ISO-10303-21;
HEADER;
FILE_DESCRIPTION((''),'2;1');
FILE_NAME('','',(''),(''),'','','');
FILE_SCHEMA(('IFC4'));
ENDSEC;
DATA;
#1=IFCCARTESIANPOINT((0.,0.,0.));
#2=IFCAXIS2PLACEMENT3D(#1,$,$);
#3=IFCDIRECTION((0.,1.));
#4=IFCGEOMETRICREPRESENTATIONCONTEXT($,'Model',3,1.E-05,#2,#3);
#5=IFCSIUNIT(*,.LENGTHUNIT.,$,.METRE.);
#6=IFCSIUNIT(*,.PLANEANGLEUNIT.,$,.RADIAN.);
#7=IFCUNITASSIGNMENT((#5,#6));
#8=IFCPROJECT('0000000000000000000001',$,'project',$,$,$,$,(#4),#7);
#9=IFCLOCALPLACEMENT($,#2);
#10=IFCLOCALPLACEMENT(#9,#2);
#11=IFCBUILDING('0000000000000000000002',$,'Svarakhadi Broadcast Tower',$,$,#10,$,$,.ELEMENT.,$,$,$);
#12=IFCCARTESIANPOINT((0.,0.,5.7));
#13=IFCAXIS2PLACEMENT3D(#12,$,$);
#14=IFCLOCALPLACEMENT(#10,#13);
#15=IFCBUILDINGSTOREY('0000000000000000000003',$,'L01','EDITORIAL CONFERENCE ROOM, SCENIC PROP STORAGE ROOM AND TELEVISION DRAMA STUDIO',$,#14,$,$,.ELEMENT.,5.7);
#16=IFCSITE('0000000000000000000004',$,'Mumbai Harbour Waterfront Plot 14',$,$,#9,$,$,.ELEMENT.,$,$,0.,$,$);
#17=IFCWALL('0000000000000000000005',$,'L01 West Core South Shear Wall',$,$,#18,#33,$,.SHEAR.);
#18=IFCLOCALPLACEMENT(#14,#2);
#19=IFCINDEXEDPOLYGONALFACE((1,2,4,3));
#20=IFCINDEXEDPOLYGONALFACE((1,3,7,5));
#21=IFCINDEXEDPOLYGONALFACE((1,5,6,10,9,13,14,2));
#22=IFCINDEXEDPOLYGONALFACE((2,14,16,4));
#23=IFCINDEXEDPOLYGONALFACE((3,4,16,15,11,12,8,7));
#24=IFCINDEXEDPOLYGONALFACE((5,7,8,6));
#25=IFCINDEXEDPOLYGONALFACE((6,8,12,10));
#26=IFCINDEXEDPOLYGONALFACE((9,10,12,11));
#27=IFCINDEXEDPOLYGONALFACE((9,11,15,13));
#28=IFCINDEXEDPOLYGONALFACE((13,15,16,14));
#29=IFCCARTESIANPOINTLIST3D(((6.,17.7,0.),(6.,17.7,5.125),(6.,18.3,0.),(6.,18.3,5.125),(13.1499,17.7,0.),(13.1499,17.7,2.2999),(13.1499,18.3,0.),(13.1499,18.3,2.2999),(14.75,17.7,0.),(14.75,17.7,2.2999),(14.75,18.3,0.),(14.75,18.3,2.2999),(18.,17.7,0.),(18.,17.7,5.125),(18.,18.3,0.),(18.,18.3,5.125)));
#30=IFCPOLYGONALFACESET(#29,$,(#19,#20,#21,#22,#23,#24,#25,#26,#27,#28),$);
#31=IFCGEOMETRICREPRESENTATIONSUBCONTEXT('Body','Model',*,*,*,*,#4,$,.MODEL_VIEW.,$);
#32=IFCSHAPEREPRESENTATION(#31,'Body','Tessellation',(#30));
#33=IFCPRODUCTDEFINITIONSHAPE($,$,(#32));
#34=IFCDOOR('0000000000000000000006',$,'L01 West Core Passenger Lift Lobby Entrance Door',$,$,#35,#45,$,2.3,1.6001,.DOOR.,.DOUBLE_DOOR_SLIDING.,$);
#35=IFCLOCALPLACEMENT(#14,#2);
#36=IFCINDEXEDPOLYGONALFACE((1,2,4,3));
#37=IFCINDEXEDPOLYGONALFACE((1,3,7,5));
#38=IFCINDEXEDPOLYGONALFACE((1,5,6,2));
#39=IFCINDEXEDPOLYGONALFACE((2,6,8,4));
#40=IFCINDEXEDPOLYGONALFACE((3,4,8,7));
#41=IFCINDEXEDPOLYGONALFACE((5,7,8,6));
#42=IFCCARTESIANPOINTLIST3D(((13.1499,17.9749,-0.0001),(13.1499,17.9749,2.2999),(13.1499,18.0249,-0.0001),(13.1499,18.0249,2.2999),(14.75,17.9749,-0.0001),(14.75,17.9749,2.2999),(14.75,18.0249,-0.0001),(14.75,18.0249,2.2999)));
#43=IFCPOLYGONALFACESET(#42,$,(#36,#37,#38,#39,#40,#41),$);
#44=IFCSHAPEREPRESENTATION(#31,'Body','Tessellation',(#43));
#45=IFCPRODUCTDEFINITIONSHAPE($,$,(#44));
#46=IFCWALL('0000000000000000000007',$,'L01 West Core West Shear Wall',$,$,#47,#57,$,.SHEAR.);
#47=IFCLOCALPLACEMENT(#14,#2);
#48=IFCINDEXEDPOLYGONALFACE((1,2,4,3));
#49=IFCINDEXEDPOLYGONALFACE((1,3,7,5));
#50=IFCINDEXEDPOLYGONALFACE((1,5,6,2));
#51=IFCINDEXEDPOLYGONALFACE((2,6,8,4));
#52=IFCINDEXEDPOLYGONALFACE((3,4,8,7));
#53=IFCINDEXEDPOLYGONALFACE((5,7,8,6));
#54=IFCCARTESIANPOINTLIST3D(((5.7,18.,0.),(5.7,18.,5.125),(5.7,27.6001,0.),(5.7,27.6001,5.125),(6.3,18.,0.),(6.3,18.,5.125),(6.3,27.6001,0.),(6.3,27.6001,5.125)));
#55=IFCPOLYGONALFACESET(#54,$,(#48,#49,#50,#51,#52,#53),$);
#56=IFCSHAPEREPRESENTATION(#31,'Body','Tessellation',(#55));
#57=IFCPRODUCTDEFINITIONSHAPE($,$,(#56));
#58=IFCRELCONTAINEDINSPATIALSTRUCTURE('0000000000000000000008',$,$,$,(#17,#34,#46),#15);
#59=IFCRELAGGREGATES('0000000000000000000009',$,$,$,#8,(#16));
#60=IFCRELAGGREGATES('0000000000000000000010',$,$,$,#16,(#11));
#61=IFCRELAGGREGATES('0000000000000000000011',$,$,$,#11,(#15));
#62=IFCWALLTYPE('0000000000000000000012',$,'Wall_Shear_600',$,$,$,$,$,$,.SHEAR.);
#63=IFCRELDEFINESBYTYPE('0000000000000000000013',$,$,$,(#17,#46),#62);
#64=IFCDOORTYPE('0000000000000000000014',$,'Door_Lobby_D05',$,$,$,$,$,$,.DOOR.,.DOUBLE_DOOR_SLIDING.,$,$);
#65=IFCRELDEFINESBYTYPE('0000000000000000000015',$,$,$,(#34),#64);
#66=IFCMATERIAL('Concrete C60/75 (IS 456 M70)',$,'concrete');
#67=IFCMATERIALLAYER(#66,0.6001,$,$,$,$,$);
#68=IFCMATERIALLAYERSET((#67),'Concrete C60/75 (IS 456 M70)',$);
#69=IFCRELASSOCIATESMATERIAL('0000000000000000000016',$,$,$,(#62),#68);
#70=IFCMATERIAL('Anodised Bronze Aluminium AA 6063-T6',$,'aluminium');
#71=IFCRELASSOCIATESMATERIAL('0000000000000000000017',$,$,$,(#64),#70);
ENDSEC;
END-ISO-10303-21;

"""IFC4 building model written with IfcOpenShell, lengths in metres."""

from ifc_helpers import new_model, si_unit, direction, frame, frame_2d, origin, place, context, subcontext, project, spatial, rectangle, extrude, material, layer, layer_set, type_object, element, fill, save


model = new_model("IFC4")

# Units and contexts
model_context = context("Model", 3, precision=1e-05, world=origin(), true_north=direction((0.0, 1.0)))
body_context = subcontext(model_context, "Body", "Model", "MODEL_VIEW")
ifc_project = project(units=[si_unit("LENGTHUNIT", "METRE"), si_unit("PLANEANGLEUNIT", "RADIAN")], contexts=[model_context])

# Site, building, storey
site_placement = place(None, origin())
site = spatial("IfcSite", under=ifc_project, at=site_placement, Name="Mumbai Harbour Waterfront Plot 14", CompositionType="ELEMENT", RefElevation=0.0)
building_placement = place(site_placement, origin())
building = spatial("IfcBuilding", under=site, at=building_placement, Name="Svarakhadi Broadcast Tower", CompositionType="ELEMENT")
storey_placement = place(building_placement, frame((0.0, 0.0, 5.7)))
storey = spatial("IfcBuildingStorey", under=building, at=storey_placement, Name="L01", Description="EDITORIAL CONFERENCE ROOM, SCENIC PROP STORAGE ROOM AND TELEVISION DRAMA STUDIO", CompositionType="ELEMENT", Elevation=5.7)

# Shared definitions
ifc_material_1 = material(Name="Concrete C60/75 (IS 456 M70)", Category="concrete")

# Shared definitions
ifc_material_2 = material(Name="Anodised Bronze Aluminium AA 6063-T6", Category="aluminium")

# Wall, opening, door
ifc_layer_1 = layer(ifc_material_1, 0.6001)
ifc_layer_set_1 = layer_set([ifc_layer_1], Name="Concrete C60/75 (IS 456 M70)")
wall_type_1 = type_object("IfcWallType", Name="Wall_Shear_600", PredefinedType="SHEAR", material=ifc_layer_set_1)
wall_1_placement = place(storey_placement, frame((6.0, 18.0, 0.0), z_axis=(0.0, 0.0, 1.0), x_axis=(1.0, 0.0, 0.0)))
wall_1 = element("IfcWall", 1, at=wall_1_placement, inside=storey, type_object=wall_type_1, Name="L01 West Core South Shear Wall", PredefinedType="SHEAR", context=body_context, shape_type="SweptSolid", body=[
    extrude(rectangle(XDim=12.0, YDim=0.6001, at=frame_2d((6.0, 0.0))), origin(), (0.0, 0.0, 1.0), 5.125),
])
opening_1_placement = place(wall_1_placement, frame((7.1499, 0.0, 0.0)))
opening_1 = element("IfcOpeningElement", 2, at=opening_1_placement, cuts=wall_1, PredefinedType="OPENING", context=body_context, shape_type="SweptSolid", body=[
    extrude(rectangle(XDim=1.6001, YDim=2.3, at=frame_2d((0.8, 1.1499))), frame((0.0, 0.3101, 0.0), z_axis=(0.0, -1.0, 0.0), x_axis=(1.0, 0.0, 0.0)), (0.0, 0.0, 1.0), 0.6201),
])
door_type_1 = type_object("IfcDoorType", Name="Door_Lobby_D05", OperationType="DOUBLE_DOOR_SLIDING", PredefinedType="DOOR", material=ifc_material_2)
door_1_placement = place(opening_1_placement, origin())
door_1 = element("IfcDoor", 3, at=door_1_placement, inside=storey, type_object=door_type_1, Name="L01 West Core Passenger Lift Lobby Entrance Door", OperationType="DOUBLE_DOOR_SLIDING", OverallHeight=2.3, OverallWidth=1.6001, PredefinedType="DOOR", context=body_context, shape_type="SweptSolid", body=[
    extrude(rectangle(XDim=1.6001, YDim=2.3, at=frame_2d((0.8, 1.1499))), frame((0.0, 0.0249, 0.0), z_axis=(0.0, -1.0, 0.0), x_axis=(1.0, 0.0, 0.0)), (0.0, 0.0, 1.0), 0.05),
])
fill(opening_1, door_1)

# Wall
wall_2_placement = place(storey_placement, frame((6.0, 18.0, 0.0), z_axis=(0.0, 0.0, 1.0), x_axis=(0.0, 1.0, 0.0)))
element("IfcWall", 4, at=wall_2_placement, inside=storey, type_object=wall_type_1, Name="L01 West Core West Shear Wall", PredefinedType="SHEAR", context=body_context, shape_type="SweptSolid", body=[
    extrude(rectangle(XDim=9.6001, YDim=0.6001, at=frame_2d((4.8, 0.0))), origin(), (0.0, 0.0, 1.0), 5.125),
])

save(model, "model.ifc")
